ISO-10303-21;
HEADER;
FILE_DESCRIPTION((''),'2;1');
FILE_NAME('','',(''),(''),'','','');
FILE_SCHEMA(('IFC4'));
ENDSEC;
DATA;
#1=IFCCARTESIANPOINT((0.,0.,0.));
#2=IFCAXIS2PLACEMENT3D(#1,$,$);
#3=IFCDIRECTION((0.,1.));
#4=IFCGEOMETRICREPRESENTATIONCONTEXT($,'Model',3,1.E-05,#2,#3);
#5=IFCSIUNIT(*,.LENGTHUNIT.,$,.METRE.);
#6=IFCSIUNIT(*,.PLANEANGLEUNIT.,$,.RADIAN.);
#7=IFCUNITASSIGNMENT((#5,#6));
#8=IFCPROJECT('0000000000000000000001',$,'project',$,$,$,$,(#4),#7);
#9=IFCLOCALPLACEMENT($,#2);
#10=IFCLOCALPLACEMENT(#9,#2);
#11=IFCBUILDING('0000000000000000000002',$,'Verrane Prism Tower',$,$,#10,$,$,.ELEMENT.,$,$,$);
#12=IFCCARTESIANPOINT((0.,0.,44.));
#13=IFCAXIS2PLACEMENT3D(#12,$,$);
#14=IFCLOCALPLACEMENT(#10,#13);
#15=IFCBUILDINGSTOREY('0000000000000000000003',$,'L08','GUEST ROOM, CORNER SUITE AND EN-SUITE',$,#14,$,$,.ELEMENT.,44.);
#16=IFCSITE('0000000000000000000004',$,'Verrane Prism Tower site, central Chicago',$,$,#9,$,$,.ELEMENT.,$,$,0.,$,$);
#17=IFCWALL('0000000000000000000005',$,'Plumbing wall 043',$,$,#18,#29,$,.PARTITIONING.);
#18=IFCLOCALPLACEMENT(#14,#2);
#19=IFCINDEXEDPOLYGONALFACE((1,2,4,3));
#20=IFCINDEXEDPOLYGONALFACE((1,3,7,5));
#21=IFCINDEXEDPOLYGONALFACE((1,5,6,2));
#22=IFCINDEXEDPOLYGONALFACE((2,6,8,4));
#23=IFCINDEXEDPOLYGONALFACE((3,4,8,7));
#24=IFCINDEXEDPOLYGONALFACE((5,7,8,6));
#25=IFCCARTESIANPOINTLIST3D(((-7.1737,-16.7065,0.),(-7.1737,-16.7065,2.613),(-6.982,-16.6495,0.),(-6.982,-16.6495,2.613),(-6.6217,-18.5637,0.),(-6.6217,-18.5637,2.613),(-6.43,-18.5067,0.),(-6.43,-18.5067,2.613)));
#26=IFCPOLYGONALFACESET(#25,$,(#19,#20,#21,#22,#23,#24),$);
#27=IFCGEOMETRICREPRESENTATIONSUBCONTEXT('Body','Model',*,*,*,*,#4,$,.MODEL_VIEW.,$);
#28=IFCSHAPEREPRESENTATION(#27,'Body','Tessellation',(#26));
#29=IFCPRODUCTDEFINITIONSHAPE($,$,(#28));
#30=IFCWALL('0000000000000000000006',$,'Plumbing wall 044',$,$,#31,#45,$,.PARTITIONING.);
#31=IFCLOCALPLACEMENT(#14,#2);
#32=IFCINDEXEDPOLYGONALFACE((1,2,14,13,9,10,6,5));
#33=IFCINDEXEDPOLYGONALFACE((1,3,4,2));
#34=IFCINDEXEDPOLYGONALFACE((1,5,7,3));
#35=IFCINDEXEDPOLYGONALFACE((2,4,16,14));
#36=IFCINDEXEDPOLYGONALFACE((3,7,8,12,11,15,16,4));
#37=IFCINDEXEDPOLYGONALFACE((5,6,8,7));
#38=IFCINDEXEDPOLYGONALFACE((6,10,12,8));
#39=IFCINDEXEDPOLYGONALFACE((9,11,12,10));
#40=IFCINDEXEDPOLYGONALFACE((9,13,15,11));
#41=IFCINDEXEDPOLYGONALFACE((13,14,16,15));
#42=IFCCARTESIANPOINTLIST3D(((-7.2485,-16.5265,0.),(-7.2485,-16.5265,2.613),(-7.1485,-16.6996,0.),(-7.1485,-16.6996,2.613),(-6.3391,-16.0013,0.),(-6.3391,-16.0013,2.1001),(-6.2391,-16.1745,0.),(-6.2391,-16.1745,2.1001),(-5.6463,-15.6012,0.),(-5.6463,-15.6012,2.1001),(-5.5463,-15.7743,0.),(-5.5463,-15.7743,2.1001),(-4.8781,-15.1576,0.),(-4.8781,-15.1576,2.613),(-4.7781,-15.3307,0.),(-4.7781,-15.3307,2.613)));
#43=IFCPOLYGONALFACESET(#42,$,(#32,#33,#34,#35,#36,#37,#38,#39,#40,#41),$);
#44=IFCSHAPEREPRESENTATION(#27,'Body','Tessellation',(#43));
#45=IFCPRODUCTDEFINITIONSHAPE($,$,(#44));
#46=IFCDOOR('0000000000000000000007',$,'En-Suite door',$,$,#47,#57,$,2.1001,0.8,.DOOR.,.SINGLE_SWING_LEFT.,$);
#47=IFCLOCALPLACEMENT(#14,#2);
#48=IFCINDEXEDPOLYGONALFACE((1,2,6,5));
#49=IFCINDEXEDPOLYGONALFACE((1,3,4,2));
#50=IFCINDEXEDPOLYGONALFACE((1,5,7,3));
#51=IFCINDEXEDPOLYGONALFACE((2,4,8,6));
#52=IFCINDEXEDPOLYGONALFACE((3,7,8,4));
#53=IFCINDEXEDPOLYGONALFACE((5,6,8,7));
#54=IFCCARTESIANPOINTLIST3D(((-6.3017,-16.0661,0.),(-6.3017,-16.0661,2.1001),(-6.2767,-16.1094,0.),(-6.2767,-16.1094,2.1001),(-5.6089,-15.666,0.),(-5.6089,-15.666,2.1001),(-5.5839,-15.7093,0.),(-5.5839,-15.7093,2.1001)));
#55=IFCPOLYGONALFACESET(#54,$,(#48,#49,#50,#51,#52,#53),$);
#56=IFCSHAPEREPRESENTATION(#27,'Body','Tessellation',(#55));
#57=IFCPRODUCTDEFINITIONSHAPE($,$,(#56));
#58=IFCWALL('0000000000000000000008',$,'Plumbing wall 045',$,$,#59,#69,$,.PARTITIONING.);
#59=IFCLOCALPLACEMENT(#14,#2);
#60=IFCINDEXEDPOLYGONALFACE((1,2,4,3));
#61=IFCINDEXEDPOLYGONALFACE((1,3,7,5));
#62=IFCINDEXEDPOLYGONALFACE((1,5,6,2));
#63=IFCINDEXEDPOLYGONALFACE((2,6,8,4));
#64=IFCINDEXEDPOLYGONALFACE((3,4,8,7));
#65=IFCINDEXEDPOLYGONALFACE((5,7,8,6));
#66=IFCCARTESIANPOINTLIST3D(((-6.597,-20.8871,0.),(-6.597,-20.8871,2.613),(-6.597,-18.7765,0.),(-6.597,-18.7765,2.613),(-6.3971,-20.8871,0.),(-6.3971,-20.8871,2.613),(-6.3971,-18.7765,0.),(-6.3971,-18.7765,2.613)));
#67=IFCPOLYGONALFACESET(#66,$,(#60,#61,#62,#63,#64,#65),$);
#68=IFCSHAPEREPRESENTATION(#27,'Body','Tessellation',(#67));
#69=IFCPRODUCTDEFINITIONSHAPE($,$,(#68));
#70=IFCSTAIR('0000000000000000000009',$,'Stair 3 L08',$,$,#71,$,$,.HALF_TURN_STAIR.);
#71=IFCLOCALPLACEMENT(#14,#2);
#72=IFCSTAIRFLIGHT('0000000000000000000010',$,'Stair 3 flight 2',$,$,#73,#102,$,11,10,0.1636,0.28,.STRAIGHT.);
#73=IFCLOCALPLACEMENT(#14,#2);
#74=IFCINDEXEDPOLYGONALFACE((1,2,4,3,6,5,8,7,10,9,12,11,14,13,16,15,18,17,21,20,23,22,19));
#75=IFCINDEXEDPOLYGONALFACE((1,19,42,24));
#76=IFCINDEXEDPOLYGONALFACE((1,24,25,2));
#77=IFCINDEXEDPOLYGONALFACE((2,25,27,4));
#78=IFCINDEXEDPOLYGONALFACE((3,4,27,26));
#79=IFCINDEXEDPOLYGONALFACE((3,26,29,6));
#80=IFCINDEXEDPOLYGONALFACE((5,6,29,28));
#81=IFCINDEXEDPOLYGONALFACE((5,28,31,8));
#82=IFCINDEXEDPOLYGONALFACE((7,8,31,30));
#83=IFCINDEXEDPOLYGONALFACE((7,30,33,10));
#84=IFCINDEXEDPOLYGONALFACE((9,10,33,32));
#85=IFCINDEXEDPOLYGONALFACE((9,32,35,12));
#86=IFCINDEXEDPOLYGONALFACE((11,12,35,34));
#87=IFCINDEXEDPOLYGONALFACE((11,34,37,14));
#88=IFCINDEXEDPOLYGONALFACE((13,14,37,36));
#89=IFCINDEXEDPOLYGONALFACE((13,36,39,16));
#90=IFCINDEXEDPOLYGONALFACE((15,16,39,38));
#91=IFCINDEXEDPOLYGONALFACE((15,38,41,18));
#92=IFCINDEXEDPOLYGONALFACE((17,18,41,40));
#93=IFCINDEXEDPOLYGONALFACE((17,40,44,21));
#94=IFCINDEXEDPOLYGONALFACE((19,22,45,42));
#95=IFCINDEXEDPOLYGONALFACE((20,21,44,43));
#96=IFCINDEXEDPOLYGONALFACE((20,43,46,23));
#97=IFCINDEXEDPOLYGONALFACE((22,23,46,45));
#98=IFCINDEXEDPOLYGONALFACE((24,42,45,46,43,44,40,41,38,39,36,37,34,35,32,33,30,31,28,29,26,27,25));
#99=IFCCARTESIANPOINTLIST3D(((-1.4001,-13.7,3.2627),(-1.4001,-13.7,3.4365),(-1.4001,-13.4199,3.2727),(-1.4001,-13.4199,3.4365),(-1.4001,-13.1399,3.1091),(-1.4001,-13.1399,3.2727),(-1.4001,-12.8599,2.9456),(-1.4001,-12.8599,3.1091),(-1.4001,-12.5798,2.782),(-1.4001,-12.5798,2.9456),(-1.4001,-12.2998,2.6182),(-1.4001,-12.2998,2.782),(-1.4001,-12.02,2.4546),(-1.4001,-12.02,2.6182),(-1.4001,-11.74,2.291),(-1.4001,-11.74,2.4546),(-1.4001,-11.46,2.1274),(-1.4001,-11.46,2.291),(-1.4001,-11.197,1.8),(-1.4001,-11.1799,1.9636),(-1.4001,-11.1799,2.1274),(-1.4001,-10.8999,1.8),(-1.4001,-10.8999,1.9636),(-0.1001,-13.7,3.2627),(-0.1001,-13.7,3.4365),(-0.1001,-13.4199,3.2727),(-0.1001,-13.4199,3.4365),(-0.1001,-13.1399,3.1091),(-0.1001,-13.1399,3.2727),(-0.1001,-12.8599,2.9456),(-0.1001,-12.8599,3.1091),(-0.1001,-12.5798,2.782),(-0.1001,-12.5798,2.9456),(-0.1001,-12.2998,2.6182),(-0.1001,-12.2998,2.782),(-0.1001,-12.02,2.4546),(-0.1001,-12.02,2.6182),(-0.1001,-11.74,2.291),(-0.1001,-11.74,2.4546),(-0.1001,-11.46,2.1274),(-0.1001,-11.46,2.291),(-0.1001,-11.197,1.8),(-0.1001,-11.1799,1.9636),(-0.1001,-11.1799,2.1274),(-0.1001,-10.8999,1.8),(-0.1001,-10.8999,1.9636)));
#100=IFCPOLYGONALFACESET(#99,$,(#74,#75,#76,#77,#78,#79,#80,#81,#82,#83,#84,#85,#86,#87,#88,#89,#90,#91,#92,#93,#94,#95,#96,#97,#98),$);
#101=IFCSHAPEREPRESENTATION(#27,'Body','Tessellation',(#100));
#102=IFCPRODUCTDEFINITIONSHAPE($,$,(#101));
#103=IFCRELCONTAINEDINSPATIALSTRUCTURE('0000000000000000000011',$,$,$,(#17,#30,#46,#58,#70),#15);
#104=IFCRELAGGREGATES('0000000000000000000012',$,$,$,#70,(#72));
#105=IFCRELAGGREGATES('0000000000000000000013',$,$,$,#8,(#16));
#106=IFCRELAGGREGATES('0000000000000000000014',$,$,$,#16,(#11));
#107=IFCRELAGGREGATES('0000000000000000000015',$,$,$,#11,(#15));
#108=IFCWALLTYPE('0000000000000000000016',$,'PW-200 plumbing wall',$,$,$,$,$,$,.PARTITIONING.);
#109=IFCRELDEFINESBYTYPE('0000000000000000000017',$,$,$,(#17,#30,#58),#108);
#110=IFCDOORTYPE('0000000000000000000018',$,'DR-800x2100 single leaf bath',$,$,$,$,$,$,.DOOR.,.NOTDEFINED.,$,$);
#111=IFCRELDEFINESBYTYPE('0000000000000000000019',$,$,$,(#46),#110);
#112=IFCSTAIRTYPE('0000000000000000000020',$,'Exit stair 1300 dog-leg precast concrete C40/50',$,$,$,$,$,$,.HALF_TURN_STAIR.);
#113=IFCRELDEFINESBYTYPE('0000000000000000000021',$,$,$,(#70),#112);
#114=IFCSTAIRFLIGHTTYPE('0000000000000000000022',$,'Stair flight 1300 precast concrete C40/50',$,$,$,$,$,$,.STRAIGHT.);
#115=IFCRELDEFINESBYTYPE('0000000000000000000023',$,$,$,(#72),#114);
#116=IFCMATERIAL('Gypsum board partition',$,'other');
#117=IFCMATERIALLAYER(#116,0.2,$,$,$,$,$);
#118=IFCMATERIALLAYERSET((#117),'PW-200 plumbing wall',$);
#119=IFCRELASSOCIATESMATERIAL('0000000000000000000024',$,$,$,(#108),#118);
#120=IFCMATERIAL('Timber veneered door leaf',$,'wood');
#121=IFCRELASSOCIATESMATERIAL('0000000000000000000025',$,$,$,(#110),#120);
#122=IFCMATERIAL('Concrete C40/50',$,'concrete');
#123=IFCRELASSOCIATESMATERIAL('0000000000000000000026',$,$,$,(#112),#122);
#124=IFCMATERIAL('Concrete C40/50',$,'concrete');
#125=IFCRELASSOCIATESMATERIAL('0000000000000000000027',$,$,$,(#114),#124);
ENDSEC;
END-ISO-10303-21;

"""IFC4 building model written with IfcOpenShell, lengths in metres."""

from ifc_helpers import new_model, si_unit, direction, frame, frame_2d, origin, place, context, subcontext, project, spatial, polyline, rectangle, outline, extrude, material, layer, layer_set, type_object, element, fill, aggregate, save


model = new_model("IFC4")

# Units and contexts
model_context = context("Model", 3, precision=1e-05, world=origin(), true_north=direction((0.0, 1.0)))
body_context = subcontext(model_context, "Body", "Model", "MODEL_VIEW")
ifc_project = project(units=[si_unit("LENGTHUNIT", "METRE"), si_unit("PLANEANGLEUNIT", "RADIAN")], contexts=[model_context])

# Site, building, storey
site_placement = place(None, origin())
site = spatial("IfcSite", under=ifc_project, at=site_placement, Name="Verrane Prism Tower site, central Chicago", CompositionType="ELEMENT", RefElevation=0.0)
building_placement = place(site_placement, origin())
building = spatial("IfcBuilding", under=site, at=building_placement, Name="Verrane Prism Tower", CompositionType="ELEMENT")
storey_placement = place(building_placement, frame((0.0, 0.0, 44.0)))
storey = spatial("IfcBuildingStorey", under=building, at=storey_placement, Name="L08", Description="GUEST ROOM, CORNER SUITE AND EN-SUITE", CompositionType="ELEMENT", Elevation=44.0)

# Shared definitions
ifc_material_1 = material(Name="Gypsum board partition", Category="other")
ifc_layer_1 = layer(ifc_material_1, 0.2)
ifc_layer_set_1 = layer_set([ifc_layer_1], Name="PW-200 plumbing wall")
wall_type_1 = type_object("IfcWallType", Name="PW-200 plumbing wall", PredefinedType="PARTITIONING", material=ifc_layer_set_1)
ifc_material_2 = material(Name="Timber veneered door leaf", Category="wood")
door_type_1 = type_object("IfcDoorType", Name="DR-800x2100 single leaf bath", OperationType="NOTDEFINED", PredefinedType="DOOR", material=ifc_material_2)

# Wall
wall_1_placement = place(storey_placement, frame((-7.0779, -16.678, 0.0), z_axis=(0.0, 0.0, 1.0), x_axis=(0.284908, -0.958555, 0.0)))
element("IfcWall", 1, at=wall_1_placement, inside=storey, type_object=wall_type_1, Name="Plumbing wall 043", PredefinedType="PARTITIONING", context=body_context, shape_type="SweptSolid", body=[
    extrude(rectangle(XDim=1.9375, YDim=0.2, at=frame_2d((0.9688, 0.0))), origin(), (0.0, 0.0, 1.0), 2.613),
])

# Wall, opening, door
wall_2_placement = place(storey_placement, frame((-4.8281, -15.2441, 0.0), z_axis=(0.0, 0.0, 1.0), x_axis=(-0.865967, -0.500101, 0.0)))
wall_2 = element("IfcWall", 2, at=wall_2_placement, inside=storey, type_object=wall_type_1, Name="Plumbing wall 044", PredefinedType="PARTITIONING", context=body_context, shape_type="SweptSolid", body=[
    extrude(rectangle(XDim=2.7373, YDim=0.2, at=frame_2d((1.3687, 0.0))), origin(), (0.0, 0.0, 1.0), 2.613),
])
opening_1_placement = place(wall_2_placement, frame((0.8872, 0.0, 0.0)))
opening_1 = element("IfcOpeningElement", 3, at=opening_1_placement, cuts=wall_2, PredefinedType="OPENING", context=body_context, shape_type="SweptSolid", body=[
    extrude(rectangle(XDim=0.8, YDim=2.1001, at=frame_2d((0.3999, 1.05))), frame((0.0, 0.1099, 0.0), z_axis=(0.0, -1.0, 0.0), x_axis=(1.0, 0.0, 0.0)), (0.0, 0.0, 1.0), 0.22),
])
door_1_placement = place(opening_1_placement, origin())
door_1 = element("IfcDoor", 4, at=door_1_placement, inside=storey, type_object=door_type_1, Name="En-Suite door", OperationType="SINGLE_SWING_LEFT", OverallHeight=2.1001, OverallWidth=0.8, PredefinedType="DOOR", context=body_context, shape_type="SweptSolid", body=[
    extrude(rectangle(XDim=0.8, YDim=2.1001, at=frame_2d((0.3999, 1.05))), frame((0.0, 0.0249, 0.0), z_axis=(0.0, -1.0, 0.0), x_axis=(1.0, 0.0, 0.0)), (0.0, 0.0, 1.0), 0.05),
])
fill(opening_1, door_1)

# Wall
wall_3_placement = place(storey_placement, frame((-6.4971, -20.887, 0.0), z_axis=(0.0, 0.0, 1.0), x_axis=(0.0, 1.0, 0.0)))
element("IfcWall", 5, at=wall_3_placement, inside=storey, type_object=wall_type_1, Name="Plumbing wall 045", PredefinedType="PARTITIONING", context=body_context, shape_type="SweptSolid", body=[
    extrude(rectangle(XDim=2.1106, YDim=0.2, at=frame_2d((1.0552, 0.0))), origin(), (0.0, 0.0, 1.0), 2.613),
])

# Stair, stair flight
ifc_material_3 = material(Name="Concrete C40/50", Category="concrete")
stair_type = type_object("IfcStairType", Name="Exit stair 1300 dog-leg precast concrete C40/50", PredefinedType="HALF_TURN_STAIR", material=ifc_material_3)
stair_placement = place(storey_placement, origin())
stair = element("IfcStair", 6, at=stair_placement, inside=storey, type_object=stair_type, Name="Stair 3 L08", PredefinedType="HALF_TURN_STAIR")
ifc_material_4 = material(Name="Concrete C40/50", Category="concrete")
stair_flight_type = type_object("IfcStairFlightType", Name="Stair flight 1300 precast concrete C40/50", PredefinedType="STRAIGHT", material=ifc_material_4)
stair_flight_placement = place(storey_placement, frame((-0.75, -10.8999, 1.8), z_axis=(0.0, 0.0, 1.0), x_axis=(0.0, -1.0, 0.0)))
stair_flight = element("IfcStairFlight", 7, at=stair_flight_placement, type_object=stair_flight_type, Name="Stair 3 flight 2", NumberOfRisers=11, NumberOfTreads=10, PredefinedType="STRAIGHT", RiserHeight=0.1636, TreadLength=0.28, context=body_context, shape_type="SweptSolid", body=[
    extrude(outline(polyline([(0.0, 0.0), (0.0, 0.1636), (0.28, 0.1636), (0.28, 0.3274), (0.5601, 0.3274), (0.5601, 0.491), (0.8401, 0.491), (0.8401, 0.6545), (1.1201, 0.6545), (1.1201, 0.8181), (1.3999, 0.8181), (1.3999, 0.9819), (1.6799, 0.9819), (1.6799, 1.1455), (1.96, 1.1455), (1.96, 1.3091), (2.24, 1.3091), (2.24, 1.4727), (2.52, 1.4727), (2.52, 1.6365), (2.8, 1.6365), (2.8, 1.8), (2.8, 1.4626), (0.2971, 0.0), (0.0, 0.0)])), frame((0.0, 0.6499, 0.0), z_axis=(0.0, -1.0, 0.0), x_axis=(1.0, 0.0, 0.0)), (0.0, 0.0, 1.0), 1.3),
])
aggregate(stair, [stair_flight])

save(model, "model.ifc")
